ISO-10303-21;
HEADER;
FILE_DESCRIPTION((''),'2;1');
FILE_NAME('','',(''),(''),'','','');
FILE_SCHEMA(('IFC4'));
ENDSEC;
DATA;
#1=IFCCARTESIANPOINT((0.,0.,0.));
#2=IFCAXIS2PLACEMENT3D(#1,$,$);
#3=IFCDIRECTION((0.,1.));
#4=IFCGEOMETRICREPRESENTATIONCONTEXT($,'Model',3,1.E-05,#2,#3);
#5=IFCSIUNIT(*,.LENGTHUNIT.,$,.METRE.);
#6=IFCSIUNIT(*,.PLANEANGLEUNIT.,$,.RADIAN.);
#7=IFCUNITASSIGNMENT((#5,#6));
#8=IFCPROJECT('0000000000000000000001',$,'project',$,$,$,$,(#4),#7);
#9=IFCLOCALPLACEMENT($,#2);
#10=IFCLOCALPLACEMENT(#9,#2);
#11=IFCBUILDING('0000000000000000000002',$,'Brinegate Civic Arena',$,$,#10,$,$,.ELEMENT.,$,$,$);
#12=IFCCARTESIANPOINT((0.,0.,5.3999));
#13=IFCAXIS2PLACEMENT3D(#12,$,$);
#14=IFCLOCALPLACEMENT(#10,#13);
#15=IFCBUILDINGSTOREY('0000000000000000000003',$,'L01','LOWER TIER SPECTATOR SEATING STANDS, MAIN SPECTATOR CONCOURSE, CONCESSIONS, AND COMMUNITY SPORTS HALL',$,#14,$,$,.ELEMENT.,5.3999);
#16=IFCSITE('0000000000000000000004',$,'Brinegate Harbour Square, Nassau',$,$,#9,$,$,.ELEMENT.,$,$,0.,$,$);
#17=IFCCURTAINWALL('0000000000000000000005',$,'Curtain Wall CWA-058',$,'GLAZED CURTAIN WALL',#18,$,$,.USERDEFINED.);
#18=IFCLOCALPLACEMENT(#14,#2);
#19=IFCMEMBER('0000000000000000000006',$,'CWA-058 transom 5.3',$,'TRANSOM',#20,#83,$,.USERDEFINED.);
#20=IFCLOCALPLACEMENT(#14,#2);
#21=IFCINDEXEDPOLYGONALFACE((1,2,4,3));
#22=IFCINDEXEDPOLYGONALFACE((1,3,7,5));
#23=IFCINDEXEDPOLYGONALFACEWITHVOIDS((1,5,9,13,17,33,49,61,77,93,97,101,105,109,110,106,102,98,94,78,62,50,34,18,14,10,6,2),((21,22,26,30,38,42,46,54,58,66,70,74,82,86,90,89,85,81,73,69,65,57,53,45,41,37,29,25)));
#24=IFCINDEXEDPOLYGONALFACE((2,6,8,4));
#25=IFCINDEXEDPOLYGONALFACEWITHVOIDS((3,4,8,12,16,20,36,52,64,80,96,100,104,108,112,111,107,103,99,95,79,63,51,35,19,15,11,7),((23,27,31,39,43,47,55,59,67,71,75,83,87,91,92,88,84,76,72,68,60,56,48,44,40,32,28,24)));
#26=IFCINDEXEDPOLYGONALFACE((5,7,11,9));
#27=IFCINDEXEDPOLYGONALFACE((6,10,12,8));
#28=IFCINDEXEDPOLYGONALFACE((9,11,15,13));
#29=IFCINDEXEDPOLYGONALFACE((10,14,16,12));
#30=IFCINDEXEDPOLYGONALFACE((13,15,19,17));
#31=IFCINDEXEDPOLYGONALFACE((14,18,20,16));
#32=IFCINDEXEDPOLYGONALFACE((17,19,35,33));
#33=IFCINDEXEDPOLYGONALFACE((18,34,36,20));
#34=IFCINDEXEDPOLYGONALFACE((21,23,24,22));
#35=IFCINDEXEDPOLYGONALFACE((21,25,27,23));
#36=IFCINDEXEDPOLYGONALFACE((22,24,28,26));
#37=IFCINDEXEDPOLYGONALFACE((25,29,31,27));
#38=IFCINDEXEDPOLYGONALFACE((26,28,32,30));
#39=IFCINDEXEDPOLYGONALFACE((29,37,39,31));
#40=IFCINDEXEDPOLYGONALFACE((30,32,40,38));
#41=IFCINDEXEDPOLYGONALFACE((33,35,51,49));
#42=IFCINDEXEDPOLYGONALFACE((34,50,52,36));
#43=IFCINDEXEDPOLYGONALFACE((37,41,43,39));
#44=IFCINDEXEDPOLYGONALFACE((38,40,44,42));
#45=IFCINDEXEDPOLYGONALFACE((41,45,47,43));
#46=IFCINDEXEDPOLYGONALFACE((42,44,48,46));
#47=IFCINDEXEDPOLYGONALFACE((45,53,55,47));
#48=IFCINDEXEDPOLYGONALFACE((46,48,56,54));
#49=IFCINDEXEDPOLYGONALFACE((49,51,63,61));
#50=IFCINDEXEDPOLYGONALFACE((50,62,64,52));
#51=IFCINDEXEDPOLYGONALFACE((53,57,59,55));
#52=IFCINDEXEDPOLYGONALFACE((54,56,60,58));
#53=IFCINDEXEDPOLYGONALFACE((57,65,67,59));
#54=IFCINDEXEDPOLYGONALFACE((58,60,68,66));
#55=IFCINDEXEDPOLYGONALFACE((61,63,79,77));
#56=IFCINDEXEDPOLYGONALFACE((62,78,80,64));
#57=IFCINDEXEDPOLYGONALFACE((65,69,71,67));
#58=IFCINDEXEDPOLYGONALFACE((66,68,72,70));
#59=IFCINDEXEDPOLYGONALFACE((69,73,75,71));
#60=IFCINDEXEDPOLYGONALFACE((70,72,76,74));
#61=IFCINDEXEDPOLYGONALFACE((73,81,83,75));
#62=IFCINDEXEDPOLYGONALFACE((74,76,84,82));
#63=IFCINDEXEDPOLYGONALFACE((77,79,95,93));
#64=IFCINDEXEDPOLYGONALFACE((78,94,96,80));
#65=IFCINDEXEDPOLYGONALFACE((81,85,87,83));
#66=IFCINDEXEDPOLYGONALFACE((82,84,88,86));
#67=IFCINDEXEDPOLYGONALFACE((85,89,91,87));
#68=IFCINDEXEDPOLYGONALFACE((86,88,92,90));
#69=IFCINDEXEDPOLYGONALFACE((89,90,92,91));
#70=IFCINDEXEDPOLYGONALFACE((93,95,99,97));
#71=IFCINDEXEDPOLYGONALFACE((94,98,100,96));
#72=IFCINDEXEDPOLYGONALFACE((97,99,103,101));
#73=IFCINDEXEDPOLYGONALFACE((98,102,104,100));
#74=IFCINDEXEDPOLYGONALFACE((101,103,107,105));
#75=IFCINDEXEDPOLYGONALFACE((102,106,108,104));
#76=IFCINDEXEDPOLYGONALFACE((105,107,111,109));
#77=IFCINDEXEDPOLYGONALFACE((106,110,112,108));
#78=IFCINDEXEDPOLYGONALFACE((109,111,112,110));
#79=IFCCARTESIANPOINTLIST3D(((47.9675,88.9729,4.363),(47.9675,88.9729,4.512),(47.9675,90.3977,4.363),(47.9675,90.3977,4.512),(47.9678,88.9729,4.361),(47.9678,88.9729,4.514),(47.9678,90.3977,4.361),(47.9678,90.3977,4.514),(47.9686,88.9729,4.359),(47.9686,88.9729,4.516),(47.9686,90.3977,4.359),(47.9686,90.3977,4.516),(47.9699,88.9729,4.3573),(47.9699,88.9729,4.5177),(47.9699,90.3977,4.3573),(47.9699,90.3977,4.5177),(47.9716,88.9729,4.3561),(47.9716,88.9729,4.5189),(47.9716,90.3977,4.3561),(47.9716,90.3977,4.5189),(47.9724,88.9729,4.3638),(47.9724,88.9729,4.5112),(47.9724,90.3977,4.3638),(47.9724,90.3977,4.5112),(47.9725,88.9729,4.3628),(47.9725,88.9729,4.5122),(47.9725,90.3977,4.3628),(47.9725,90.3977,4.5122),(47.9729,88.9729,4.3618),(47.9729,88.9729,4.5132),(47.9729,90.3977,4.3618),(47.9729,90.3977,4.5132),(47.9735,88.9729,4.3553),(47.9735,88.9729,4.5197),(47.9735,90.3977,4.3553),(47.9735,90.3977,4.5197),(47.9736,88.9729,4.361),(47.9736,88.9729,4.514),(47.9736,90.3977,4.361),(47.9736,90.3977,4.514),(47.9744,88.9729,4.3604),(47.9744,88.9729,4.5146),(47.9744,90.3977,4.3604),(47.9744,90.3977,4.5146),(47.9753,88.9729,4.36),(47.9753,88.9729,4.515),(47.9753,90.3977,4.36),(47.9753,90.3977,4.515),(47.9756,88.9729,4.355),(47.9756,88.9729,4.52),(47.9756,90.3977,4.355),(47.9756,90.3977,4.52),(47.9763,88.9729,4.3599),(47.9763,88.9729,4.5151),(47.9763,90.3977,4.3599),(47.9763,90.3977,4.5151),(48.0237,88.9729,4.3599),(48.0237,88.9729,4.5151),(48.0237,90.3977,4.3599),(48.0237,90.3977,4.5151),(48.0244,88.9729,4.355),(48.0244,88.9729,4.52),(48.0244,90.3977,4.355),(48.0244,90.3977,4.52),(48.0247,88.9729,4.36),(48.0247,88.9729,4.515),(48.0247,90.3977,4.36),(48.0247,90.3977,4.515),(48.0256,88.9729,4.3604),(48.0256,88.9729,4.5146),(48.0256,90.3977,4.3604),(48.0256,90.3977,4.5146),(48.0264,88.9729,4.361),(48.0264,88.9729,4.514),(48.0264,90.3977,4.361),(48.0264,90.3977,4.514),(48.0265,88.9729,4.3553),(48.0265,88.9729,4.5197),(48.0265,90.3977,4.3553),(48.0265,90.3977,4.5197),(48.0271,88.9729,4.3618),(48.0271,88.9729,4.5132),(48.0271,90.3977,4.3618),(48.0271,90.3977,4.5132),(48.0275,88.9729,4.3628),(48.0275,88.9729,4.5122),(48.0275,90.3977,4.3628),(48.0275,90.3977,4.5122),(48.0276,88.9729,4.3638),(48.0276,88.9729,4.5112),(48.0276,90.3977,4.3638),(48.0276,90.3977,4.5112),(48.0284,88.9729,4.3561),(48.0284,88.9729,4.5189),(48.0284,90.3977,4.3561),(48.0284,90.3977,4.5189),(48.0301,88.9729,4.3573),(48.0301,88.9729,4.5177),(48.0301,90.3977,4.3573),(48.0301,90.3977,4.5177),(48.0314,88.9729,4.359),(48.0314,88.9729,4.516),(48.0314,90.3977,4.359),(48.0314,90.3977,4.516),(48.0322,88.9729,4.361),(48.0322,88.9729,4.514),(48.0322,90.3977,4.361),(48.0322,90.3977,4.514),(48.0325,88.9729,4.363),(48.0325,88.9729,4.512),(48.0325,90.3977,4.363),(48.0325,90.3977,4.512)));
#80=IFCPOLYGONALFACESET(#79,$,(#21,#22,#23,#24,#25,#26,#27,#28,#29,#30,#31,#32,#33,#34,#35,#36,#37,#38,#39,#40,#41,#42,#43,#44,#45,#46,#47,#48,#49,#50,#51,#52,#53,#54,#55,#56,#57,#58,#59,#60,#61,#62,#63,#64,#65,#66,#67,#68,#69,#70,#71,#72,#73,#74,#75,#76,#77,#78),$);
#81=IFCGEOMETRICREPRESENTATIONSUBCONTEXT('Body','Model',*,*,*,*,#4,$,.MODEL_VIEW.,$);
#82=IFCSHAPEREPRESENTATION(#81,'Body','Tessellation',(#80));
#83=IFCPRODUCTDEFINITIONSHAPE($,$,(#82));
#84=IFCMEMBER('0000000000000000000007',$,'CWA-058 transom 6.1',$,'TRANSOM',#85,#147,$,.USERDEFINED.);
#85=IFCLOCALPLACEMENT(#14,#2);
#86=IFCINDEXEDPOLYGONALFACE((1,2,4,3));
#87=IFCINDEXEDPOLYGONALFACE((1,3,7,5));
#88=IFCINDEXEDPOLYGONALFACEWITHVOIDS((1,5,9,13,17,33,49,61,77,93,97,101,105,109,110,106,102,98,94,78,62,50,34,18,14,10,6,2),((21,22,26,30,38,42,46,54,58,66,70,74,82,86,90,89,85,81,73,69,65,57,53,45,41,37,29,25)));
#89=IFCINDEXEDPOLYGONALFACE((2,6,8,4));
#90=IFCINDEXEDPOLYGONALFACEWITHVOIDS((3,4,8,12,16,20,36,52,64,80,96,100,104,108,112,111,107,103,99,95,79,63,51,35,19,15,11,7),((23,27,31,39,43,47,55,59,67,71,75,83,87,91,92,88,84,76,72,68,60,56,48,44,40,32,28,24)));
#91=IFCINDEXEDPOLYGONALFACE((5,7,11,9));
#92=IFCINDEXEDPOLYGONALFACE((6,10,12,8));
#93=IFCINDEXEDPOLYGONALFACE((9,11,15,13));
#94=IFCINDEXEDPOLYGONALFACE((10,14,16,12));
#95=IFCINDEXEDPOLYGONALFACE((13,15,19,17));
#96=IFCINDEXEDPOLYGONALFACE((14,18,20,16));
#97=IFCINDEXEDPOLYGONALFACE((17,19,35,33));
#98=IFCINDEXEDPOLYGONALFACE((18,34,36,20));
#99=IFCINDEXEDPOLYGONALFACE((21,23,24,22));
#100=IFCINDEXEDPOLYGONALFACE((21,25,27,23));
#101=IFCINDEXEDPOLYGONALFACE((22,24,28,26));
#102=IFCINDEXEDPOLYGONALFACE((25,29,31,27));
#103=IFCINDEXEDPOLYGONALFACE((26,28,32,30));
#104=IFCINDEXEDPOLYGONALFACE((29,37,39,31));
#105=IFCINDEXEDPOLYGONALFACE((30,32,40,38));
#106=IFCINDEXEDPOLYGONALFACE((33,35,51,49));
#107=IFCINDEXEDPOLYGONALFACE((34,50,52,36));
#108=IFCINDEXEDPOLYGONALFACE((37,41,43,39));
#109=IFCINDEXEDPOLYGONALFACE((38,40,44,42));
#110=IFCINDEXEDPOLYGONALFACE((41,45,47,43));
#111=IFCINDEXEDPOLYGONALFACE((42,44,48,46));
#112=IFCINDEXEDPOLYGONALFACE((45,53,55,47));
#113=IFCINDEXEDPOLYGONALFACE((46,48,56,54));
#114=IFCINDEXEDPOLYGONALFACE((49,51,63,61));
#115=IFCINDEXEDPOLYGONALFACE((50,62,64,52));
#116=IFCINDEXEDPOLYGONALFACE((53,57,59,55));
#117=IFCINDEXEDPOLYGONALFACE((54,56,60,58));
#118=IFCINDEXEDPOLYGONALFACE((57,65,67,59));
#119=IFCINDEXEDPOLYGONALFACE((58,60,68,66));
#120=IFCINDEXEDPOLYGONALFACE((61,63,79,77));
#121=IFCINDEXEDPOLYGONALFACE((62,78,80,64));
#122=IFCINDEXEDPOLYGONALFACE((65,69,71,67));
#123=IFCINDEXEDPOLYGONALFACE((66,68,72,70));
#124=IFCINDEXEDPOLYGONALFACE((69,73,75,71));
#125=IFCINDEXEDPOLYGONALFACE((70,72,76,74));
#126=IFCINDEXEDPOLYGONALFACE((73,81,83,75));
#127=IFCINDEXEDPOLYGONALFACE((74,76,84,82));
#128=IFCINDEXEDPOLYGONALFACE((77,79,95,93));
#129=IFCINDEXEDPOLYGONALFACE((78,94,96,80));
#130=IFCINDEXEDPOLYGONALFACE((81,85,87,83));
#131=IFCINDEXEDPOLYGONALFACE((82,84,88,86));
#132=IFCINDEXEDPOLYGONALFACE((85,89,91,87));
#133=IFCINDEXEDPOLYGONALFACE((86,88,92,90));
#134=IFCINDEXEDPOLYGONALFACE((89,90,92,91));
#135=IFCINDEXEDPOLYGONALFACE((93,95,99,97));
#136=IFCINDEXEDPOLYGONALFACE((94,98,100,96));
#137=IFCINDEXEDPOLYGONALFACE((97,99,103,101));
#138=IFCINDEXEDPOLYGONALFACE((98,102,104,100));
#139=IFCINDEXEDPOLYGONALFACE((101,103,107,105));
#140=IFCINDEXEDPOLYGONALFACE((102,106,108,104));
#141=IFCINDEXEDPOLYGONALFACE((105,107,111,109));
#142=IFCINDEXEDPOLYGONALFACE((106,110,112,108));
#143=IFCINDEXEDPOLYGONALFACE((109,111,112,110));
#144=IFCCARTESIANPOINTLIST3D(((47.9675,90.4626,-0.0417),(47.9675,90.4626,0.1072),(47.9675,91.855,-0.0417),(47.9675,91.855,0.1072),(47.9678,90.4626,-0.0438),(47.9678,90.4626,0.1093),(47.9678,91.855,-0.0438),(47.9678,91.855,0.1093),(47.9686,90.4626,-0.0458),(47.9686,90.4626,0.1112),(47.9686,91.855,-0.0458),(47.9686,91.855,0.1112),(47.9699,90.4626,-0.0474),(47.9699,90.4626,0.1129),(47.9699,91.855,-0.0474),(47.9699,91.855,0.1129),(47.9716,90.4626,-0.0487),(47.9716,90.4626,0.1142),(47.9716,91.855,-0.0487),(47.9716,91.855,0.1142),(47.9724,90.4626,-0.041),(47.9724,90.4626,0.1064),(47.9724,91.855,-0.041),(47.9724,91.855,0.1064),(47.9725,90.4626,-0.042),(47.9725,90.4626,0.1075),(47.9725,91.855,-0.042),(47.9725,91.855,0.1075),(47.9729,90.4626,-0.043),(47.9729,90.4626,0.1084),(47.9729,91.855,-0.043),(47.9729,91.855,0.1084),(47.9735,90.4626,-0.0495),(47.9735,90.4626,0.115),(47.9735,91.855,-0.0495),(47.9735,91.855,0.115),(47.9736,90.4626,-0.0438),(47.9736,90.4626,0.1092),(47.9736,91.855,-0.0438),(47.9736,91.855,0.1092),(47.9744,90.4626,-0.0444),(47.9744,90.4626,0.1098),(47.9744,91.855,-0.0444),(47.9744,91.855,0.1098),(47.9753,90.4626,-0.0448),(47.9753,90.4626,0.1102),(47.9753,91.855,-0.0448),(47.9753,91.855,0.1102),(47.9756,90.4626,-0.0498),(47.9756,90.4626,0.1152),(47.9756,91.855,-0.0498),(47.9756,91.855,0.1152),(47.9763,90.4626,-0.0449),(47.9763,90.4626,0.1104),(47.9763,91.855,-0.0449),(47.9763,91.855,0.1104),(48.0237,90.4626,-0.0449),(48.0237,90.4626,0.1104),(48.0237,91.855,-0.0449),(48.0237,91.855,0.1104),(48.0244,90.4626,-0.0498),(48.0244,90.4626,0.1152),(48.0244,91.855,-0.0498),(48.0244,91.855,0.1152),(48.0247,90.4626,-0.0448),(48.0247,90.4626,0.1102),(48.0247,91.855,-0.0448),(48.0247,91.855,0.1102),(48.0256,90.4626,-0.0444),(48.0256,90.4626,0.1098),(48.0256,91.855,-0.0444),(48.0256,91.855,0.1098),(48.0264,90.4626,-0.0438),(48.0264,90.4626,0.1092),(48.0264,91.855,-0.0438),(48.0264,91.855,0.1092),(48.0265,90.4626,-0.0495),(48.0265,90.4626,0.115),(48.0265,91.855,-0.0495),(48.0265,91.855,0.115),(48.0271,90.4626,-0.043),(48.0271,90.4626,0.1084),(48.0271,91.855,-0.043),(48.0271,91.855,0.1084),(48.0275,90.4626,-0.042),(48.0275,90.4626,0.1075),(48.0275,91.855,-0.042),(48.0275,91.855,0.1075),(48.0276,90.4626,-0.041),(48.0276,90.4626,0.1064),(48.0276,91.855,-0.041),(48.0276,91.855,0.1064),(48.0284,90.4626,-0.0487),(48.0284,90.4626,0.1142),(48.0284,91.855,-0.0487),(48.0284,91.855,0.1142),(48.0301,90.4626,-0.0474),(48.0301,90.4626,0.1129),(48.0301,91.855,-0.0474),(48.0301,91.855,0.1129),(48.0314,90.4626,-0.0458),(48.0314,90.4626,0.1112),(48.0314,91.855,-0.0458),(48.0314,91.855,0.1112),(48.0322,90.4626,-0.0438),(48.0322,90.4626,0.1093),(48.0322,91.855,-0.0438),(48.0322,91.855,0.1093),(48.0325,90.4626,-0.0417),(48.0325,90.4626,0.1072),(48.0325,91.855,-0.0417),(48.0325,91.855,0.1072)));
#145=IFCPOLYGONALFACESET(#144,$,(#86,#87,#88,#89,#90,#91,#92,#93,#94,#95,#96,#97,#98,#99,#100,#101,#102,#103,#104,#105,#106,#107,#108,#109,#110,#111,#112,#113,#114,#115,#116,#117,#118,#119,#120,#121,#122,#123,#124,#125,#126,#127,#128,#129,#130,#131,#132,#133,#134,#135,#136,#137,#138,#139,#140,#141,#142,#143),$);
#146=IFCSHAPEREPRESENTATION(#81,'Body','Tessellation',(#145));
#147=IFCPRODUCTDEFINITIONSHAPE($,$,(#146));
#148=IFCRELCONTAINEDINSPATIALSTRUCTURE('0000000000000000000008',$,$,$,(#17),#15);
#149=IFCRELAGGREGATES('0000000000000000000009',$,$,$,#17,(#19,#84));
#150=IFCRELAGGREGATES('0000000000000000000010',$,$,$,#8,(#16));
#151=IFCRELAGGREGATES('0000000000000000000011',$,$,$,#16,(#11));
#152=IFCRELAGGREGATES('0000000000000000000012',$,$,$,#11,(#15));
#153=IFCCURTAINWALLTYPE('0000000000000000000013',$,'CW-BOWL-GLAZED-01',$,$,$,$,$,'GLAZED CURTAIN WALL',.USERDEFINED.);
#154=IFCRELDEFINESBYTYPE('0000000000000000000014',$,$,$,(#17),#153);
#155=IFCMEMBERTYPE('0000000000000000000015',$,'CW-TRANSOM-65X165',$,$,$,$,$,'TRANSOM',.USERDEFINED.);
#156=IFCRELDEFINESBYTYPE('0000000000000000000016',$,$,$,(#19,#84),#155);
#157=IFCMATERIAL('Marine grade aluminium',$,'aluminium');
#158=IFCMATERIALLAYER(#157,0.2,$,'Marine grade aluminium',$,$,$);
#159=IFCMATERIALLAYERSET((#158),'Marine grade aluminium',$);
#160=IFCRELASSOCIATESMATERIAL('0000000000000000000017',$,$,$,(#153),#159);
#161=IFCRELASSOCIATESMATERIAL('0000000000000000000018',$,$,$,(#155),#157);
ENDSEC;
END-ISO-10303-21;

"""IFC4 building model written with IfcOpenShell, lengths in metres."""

from ifc_helpers import new_model, si_unit, direction, frame, origin, origin_2d, place, context, subcontext, project, spatial, hollow_rectangle, extrude, material, layer, layer_set, material_profile, profile_set, type_object, element, aggregate, save


model = new_model("IFC4")

# Units and contexts
model_context = context("Model", 3, precision=1e-05, world=origin(), true_north=direction((0.0, 1.0)))
body_context = subcontext(model_context, "Body", "Model", "MODEL_VIEW")
ifc_project = project(units=[si_unit("LENGTHUNIT", "METRE"), si_unit("PLANEANGLEUNIT", "RADIAN")], contexts=[model_context])

# Site, building, storey
site_placement = place(None, origin())
site = spatial("IfcSite", under=ifc_project, at=site_placement, Name="Brinegate Harbour Square, Nassau", CompositionType="ELEMENT", RefElevation=0.0)
building_placement = place(site_placement, origin())
building = spatial("IfcBuilding", under=site, at=building_placement, Name="Brinegate Civic Arena", CompositionType="ELEMENT")
storey_placement = place(building_placement, frame((0.0, 0.0, 5.3999)))
storey = spatial("IfcBuildingStorey", under=building, at=storey_placement, Name="L01", Description="LOWER TIER SPECTATOR SEATING STANDS, MAIN SPECTATOR CONCOURSE, CONCESSIONS, AND COMMUNITY SPORTS HALL", CompositionType="ELEMENT", Elevation=5.3999)

# Curtain wall
ifc_material_1 = material(Name="Marine grade aluminium", Category="aluminium")
ifc_layer_1 = layer(ifc_material_1, 0.2, Name="Marine grade aluminium")
ifc_layer_set_1 = layer_set([ifc_layer_1], Name="Marine grade aluminium")
curtain_wall_type = type_object("IfcCurtainWallType", Name="CW-BOWL-GLAZED-01", ElementType="GLAZED CURTAIN WALL", PredefinedType="USERDEFINED", material=ifc_layer_set_1)
curtain_wall_1_placement = place(storey_placement, origin())
curtain_wall_1 = element("IfcCurtainWall", 1, at=curtain_wall_1_placement, inside=storey, type_object=curtain_wall_type, Name="Curtain Wall CWA-058", ObjectType="GLAZED CURTAIN WALL", PredefinedType="USERDEFINED")

# Members
ifc_material_profile_1 = material_profile(ifc_material_1, hollow_rectangle(XDim=0.0649, YDim=0.165, WallThickness=0.0049, InnerFilletRadius=0.0039, OuterFilletRadius=0.0081, at=origin_2d()), Name="TRN65X165")
ifc_profile_set_1 = profile_set([ifc_material_profile_1], Name="Marine grade aluminium")
member_type_1 = type_object("IfcMemberType", Name="CW-TRANSOM-65X165", ElementType="TRANSOM", PredefinedType="USERDEFINED", material=ifc_profile_set_1)
member_1_placement = place(storey_placement, frame((48.0, 88.9729, 4.4375), z_axis=(0.0, 1.0, 0.0), x_axis=(-1.0, 0.0, 0.0)))
member_1 = element("IfcMember", 2, at=member_1_placement, type_object=member_type_1, Name="CWA-058 transom 5.3", ObjectType="TRANSOM", PredefinedType="USERDEFINED", context=body_context, shape_type="SweptSolid", body=[
    extrude(hollow_rectangle(XDim=0.0649, YDim=0.165, WallThickness=0.0049, InnerFilletRadius=0.0039, OuterFilletRadius=0.0081, at=origin_2d()), origin(), (0.0, 0.0, 1.0), 1.4248),
])
member_2_placement = place(storey_placement, frame((48.0, 90.4626, 0.0327), z_axis=(0.0, 1.0, 0.0), x_axis=(-1.0, 0.0, 0.0)))
member_2 = element("IfcMember", 3, at=member_2_placement, type_object=member_type_1, Name="CWA-058 transom 6.1", ObjectType="TRANSOM", PredefinedType="USERDEFINED", context=body_context, shape_type="SweptSolid", body=[
    extrude(hollow_rectangle(XDim=0.0649, YDim=0.165, WallThickness=0.0049, InnerFilletRadius=0.0039, OuterFilletRadius=0.0081, at=origin_2d()), origin(), (0.0, 0.0, 1.0), 1.3923),
])

aggregate(curtain_wall_1, [member_1, member_2])

save(model, "model.ifc")
